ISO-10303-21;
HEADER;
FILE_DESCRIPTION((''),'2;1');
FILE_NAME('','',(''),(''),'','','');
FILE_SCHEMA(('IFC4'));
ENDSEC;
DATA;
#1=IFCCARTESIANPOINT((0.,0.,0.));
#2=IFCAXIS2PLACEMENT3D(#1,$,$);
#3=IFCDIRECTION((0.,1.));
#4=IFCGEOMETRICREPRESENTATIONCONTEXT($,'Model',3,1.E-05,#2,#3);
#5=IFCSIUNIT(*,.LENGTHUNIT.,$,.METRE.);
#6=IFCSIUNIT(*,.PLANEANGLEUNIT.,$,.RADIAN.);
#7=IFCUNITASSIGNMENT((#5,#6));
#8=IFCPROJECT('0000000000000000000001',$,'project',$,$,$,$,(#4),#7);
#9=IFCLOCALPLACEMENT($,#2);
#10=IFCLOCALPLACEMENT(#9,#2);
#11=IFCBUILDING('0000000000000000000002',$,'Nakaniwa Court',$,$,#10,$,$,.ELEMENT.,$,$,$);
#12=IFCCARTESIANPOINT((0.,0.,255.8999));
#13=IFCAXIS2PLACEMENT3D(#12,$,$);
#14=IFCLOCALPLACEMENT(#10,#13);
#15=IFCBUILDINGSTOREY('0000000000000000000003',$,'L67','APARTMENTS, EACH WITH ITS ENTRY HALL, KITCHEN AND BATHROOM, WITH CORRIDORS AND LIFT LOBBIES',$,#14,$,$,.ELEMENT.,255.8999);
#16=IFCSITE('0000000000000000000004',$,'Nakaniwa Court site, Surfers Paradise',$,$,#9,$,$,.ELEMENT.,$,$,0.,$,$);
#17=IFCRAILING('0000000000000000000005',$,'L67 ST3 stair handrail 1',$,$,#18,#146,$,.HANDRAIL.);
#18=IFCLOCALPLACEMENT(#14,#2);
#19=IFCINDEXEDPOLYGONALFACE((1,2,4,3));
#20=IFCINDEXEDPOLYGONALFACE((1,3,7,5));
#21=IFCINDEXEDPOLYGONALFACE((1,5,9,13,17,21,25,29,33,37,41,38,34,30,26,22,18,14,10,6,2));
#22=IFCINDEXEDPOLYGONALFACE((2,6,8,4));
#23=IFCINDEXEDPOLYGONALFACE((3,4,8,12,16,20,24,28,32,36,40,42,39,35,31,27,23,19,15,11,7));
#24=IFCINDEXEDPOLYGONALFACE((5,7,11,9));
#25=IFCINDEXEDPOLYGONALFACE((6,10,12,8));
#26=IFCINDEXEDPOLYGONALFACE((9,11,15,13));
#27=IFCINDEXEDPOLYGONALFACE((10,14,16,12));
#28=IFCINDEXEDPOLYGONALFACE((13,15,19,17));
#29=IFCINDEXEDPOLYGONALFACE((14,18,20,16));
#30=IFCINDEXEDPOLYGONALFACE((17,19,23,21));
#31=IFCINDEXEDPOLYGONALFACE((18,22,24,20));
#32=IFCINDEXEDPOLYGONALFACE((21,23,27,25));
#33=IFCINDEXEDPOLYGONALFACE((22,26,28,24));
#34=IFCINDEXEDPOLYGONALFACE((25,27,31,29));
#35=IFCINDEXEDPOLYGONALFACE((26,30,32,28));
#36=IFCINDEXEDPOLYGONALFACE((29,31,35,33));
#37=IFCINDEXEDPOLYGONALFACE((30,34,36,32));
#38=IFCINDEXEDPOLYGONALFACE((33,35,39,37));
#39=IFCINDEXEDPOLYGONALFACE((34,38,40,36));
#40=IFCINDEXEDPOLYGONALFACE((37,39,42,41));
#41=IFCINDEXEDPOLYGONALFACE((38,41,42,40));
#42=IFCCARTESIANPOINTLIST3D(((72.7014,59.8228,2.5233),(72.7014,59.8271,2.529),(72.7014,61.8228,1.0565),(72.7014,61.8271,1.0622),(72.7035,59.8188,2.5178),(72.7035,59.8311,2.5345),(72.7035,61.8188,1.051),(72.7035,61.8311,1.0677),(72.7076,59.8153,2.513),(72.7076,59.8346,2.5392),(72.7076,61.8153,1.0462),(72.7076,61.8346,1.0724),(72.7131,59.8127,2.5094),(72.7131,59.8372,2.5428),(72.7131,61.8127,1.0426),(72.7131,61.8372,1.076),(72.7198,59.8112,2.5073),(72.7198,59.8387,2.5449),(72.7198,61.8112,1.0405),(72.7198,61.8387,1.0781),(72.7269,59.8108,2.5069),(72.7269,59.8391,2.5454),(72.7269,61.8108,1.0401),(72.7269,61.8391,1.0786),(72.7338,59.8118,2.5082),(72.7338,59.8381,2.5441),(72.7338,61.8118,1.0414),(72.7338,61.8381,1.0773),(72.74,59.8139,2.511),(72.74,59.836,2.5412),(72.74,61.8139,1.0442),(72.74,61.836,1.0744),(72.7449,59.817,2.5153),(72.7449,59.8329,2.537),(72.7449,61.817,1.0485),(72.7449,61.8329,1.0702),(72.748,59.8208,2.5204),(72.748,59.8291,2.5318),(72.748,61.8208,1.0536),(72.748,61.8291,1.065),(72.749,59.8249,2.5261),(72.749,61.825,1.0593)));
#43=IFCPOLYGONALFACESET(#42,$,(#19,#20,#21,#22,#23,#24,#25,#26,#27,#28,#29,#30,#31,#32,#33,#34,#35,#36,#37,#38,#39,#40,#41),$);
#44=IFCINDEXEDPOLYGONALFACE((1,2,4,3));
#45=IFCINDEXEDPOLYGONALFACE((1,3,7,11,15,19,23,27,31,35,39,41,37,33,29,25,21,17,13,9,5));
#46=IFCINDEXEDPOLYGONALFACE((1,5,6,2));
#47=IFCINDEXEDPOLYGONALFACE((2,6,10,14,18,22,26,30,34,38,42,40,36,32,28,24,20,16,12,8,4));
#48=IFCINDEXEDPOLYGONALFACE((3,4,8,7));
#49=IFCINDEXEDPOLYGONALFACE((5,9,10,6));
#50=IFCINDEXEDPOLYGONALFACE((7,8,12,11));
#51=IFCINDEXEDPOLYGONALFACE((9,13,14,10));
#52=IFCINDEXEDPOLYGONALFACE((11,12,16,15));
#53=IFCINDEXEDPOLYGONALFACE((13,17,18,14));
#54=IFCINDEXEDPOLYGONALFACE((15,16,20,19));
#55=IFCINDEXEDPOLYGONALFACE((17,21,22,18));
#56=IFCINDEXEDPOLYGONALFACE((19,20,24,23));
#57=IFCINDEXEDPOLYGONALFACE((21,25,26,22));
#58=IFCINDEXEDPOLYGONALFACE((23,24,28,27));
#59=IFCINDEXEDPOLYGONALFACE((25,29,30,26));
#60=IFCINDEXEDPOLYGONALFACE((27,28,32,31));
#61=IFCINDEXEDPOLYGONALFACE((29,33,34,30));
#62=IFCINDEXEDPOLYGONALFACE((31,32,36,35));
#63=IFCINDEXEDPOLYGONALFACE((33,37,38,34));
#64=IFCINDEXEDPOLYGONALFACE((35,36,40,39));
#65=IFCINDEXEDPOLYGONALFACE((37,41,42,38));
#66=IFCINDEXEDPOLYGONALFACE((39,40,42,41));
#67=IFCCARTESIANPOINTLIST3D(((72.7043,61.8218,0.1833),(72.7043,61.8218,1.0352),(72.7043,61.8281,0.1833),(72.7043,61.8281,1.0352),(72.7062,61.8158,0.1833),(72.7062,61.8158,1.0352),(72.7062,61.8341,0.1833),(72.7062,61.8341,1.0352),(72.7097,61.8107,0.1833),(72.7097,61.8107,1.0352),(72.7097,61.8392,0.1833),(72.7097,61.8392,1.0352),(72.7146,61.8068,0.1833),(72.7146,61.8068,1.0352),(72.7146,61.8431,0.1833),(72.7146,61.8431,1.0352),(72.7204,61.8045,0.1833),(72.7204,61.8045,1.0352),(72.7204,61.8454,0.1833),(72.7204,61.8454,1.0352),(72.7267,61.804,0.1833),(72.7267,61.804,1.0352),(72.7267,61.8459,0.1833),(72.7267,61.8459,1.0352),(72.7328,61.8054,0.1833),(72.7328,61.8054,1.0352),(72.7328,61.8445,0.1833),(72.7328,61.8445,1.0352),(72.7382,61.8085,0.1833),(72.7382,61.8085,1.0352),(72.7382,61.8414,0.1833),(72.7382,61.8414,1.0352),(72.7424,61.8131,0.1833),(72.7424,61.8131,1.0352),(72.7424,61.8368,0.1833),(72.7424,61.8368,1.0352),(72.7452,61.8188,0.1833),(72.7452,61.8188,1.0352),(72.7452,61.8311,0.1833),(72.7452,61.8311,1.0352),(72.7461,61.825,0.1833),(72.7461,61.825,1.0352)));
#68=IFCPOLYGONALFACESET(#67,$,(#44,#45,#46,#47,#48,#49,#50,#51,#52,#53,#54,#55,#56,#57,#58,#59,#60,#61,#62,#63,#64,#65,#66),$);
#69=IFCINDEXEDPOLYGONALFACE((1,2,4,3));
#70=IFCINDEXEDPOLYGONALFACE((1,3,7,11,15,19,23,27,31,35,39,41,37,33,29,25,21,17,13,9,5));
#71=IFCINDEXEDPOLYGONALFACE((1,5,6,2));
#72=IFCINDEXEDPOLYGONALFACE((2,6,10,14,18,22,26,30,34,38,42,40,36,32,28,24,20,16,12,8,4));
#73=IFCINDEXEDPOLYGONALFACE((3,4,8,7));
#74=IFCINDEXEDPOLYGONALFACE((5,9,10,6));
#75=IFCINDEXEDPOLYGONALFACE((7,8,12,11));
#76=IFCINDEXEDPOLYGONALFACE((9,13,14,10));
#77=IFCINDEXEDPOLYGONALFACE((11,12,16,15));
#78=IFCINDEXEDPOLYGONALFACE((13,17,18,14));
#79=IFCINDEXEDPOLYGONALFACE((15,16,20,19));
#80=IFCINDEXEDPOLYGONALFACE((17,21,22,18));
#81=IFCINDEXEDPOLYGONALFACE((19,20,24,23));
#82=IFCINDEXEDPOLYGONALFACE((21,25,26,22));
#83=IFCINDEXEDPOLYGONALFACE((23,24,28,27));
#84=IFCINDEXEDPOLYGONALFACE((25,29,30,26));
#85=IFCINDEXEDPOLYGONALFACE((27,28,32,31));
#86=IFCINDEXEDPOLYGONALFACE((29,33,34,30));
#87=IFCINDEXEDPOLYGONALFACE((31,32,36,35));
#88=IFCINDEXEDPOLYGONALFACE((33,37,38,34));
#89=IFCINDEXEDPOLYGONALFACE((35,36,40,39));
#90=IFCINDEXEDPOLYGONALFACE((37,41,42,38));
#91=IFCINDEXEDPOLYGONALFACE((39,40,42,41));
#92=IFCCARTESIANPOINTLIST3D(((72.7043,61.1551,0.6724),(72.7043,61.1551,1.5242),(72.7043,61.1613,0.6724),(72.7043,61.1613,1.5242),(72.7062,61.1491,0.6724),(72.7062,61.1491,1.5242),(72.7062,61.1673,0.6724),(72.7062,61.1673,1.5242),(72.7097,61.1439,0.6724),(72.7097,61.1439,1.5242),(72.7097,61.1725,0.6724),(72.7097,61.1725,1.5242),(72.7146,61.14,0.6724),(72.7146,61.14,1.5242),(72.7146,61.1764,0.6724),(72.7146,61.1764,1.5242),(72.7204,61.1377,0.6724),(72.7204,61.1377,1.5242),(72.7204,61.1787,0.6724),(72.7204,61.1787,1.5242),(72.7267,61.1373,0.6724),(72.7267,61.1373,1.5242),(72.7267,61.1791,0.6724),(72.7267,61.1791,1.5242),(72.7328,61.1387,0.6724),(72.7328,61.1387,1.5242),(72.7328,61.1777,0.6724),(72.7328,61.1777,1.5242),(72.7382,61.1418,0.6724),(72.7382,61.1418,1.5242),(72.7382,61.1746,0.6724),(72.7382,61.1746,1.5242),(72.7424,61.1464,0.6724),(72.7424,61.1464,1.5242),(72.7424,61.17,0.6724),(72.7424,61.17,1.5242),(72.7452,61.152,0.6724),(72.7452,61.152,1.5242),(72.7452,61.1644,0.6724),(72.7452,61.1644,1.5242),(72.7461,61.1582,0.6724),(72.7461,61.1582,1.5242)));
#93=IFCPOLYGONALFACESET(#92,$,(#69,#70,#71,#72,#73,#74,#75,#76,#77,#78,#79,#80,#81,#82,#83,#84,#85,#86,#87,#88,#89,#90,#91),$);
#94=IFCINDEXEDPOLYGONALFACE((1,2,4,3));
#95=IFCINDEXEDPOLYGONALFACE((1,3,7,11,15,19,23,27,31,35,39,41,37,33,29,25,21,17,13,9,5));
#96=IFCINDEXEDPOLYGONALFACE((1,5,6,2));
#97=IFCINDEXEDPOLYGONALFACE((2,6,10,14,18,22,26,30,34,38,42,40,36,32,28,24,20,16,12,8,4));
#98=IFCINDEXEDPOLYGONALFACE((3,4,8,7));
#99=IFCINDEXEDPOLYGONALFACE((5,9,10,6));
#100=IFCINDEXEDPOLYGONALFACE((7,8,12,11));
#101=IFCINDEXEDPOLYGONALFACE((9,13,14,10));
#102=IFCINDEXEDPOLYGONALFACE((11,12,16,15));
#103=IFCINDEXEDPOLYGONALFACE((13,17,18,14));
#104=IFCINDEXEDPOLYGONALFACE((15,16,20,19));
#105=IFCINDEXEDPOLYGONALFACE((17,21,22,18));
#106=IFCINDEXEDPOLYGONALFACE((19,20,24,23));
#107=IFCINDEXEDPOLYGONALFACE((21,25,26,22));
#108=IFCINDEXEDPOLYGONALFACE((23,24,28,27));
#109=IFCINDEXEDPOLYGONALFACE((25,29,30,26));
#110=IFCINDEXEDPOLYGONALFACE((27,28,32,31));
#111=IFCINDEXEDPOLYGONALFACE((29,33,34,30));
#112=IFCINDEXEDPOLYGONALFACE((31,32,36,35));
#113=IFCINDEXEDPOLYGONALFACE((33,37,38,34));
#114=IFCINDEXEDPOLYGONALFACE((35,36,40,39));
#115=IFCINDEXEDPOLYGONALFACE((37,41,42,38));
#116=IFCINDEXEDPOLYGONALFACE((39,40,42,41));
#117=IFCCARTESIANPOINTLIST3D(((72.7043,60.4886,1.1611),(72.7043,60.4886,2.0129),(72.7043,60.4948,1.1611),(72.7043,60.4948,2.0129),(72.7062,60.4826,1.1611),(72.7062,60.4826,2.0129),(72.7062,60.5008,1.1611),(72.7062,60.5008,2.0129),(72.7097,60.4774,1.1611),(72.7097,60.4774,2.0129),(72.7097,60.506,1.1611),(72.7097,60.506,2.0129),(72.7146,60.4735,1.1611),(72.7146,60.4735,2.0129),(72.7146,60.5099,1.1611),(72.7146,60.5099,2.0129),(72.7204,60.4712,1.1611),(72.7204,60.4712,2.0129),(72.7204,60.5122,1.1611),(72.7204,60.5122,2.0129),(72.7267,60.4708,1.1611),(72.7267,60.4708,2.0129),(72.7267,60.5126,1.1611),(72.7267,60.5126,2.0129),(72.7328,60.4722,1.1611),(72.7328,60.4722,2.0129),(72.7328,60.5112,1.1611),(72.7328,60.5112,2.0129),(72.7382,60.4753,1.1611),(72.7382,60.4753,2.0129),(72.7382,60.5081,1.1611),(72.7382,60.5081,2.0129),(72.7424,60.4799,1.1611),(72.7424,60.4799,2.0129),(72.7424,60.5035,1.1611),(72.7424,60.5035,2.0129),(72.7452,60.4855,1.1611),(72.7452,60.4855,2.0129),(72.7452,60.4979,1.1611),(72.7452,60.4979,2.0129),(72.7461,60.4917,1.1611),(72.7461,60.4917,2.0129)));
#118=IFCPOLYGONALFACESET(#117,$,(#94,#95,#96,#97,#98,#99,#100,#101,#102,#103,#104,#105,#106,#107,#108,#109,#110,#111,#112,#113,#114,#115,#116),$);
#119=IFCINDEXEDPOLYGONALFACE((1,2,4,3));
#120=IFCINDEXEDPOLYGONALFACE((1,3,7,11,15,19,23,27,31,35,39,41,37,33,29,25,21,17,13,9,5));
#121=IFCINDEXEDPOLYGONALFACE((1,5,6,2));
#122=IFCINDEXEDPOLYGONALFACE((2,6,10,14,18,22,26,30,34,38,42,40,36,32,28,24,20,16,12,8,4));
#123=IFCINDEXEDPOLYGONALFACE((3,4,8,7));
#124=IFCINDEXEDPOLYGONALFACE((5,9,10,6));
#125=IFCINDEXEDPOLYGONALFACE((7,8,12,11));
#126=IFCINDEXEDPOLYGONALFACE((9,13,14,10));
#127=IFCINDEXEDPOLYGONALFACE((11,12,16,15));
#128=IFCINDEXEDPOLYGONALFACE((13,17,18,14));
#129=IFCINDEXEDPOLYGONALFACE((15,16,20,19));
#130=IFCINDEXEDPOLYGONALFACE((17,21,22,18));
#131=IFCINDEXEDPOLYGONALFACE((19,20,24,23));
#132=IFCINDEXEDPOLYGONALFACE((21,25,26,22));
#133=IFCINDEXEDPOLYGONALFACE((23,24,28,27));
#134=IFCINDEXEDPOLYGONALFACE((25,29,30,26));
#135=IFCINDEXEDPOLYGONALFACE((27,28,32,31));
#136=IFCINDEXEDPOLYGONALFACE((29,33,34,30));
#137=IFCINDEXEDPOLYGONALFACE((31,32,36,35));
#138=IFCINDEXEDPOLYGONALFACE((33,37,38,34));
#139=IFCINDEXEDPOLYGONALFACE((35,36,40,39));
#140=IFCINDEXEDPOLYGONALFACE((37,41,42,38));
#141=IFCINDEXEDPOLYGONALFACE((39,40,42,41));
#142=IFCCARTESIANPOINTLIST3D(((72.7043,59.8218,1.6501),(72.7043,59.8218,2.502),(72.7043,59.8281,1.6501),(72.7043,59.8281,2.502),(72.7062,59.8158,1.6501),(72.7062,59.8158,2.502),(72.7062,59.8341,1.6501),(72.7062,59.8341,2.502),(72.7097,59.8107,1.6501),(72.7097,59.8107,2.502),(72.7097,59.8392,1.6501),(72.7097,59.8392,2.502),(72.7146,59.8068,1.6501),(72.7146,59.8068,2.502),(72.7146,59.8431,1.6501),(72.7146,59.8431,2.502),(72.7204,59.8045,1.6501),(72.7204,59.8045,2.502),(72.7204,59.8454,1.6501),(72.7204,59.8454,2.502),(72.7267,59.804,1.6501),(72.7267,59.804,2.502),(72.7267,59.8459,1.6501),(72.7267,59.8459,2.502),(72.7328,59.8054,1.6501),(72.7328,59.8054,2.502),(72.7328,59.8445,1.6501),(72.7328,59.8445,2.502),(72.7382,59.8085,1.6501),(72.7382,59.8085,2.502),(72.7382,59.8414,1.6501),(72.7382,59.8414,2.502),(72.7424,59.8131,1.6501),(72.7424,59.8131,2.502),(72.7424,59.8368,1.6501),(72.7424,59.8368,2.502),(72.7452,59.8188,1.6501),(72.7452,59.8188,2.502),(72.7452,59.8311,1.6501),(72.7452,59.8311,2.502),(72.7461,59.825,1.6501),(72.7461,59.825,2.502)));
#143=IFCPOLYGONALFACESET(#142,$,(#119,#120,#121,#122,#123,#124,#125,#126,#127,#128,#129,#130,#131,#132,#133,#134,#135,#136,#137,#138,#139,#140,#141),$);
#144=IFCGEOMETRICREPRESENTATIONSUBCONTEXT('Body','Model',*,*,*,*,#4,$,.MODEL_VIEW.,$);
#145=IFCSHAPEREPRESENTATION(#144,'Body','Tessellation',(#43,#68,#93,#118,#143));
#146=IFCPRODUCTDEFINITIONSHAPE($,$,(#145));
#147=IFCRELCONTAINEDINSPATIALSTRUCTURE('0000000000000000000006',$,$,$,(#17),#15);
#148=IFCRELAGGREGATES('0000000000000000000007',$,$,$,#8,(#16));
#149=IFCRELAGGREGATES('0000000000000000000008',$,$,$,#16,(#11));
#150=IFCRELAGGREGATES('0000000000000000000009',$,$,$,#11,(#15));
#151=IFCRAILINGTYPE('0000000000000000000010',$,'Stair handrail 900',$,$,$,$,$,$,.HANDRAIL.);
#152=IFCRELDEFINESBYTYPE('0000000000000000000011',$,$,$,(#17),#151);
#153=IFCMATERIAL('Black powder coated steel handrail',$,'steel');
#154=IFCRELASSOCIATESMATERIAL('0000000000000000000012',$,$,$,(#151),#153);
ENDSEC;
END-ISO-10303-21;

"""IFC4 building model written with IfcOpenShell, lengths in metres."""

from ifc_helpers import new_model, si_unit, direction, frame, origin, origin_2d, place, context, subcontext, project, spatial, circle, extrude, material, type_object, element, save


model = new_model("IFC4")

# Units and contexts
model_context = context("Model", 3, precision=1e-05, world=origin(), true_north=direction((0.0, 1.0)))
body_context = subcontext(model_context, "Body", "Model", "MODEL_VIEW")
ifc_project = project(units=[si_unit("LENGTHUNIT", "METRE"), si_unit("PLANEANGLEUNIT", "RADIAN")], contexts=[model_context])

# Site, building, storey
site_placement = place(None, origin())
site = spatial("IfcSite", under=ifc_project, at=site_placement, Name="Nakaniwa Court site, Surfers Paradise", CompositionType="ELEMENT", RefElevation=0.0)
building_placement = place(site_placement, origin())
building = spatial("IfcBuilding", under=site, at=building_placement, Name="Nakaniwa Court", CompositionType="ELEMENT")
storey_placement = place(building_placement, frame((0.0, 0.0, 255.8999)))
storey = spatial("IfcBuildingStorey", under=building, at=storey_placement, Name="L67", Description="APARTMENTS, EACH WITH ITS ENTRY HALL, KITCHEN AND BATHROOM, WITH CORRIDORS AND LIFT LOBBIES", CompositionType="ELEMENT", Elevation=255.8999)

# Railing
ifc_material_1 = material(Name="Black powder coated steel handrail", Category="steel")
railing_type_1 = type_object("IfcRailingType", Name="Stair handrail 900", PredefinedType="HANDRAIL", material=ifc_material_1)
railing_1_placement = place(storey_placement, frame((72.7251, 61.825, 0.1833)))
element("IfcRailing", 1, at=railing_1_placement, inside=storey, type_object=railing_type_1, Name="L67 ST3 stair handrail 1", PredefinedType="HANDRAIL", context=body_context, shape_type="SweptSolid", body=[
    extrude(circle(Radius=0.0239, at=origin_2d()), frame((0.0, 0.0, 0.876), z_axis=(0.0, -0.80638, 0.591398), x_axis=(1.0, 0.0, 0.0)), (0.0, 0.0, 1.0), 2.4802),
    extrude(circle(Radius=0.021, at=origin_2d()), origin(), (0.0, 0.0, 1.0), 0.8518),
    extrude(circle(Radius=0.021, at=origin_2d()), frame((0.0, -0.6667, 0.489)), (0.0, 0.0, 1.0), 0.8518),
    extrude(circle(Radius=0.021, at=origin_2d()), frame((0.0, -1.3333, 0.9778)), (0.0, 0.0, 1.0), 0.8518),
    extrude(circle(Radius=0.021, at=origin_2d()), frame((0.0, -2.0, 1.4668)), (0.0, 0.0, 1.0), 0.8518),
])

save(model, "model.ifc")
